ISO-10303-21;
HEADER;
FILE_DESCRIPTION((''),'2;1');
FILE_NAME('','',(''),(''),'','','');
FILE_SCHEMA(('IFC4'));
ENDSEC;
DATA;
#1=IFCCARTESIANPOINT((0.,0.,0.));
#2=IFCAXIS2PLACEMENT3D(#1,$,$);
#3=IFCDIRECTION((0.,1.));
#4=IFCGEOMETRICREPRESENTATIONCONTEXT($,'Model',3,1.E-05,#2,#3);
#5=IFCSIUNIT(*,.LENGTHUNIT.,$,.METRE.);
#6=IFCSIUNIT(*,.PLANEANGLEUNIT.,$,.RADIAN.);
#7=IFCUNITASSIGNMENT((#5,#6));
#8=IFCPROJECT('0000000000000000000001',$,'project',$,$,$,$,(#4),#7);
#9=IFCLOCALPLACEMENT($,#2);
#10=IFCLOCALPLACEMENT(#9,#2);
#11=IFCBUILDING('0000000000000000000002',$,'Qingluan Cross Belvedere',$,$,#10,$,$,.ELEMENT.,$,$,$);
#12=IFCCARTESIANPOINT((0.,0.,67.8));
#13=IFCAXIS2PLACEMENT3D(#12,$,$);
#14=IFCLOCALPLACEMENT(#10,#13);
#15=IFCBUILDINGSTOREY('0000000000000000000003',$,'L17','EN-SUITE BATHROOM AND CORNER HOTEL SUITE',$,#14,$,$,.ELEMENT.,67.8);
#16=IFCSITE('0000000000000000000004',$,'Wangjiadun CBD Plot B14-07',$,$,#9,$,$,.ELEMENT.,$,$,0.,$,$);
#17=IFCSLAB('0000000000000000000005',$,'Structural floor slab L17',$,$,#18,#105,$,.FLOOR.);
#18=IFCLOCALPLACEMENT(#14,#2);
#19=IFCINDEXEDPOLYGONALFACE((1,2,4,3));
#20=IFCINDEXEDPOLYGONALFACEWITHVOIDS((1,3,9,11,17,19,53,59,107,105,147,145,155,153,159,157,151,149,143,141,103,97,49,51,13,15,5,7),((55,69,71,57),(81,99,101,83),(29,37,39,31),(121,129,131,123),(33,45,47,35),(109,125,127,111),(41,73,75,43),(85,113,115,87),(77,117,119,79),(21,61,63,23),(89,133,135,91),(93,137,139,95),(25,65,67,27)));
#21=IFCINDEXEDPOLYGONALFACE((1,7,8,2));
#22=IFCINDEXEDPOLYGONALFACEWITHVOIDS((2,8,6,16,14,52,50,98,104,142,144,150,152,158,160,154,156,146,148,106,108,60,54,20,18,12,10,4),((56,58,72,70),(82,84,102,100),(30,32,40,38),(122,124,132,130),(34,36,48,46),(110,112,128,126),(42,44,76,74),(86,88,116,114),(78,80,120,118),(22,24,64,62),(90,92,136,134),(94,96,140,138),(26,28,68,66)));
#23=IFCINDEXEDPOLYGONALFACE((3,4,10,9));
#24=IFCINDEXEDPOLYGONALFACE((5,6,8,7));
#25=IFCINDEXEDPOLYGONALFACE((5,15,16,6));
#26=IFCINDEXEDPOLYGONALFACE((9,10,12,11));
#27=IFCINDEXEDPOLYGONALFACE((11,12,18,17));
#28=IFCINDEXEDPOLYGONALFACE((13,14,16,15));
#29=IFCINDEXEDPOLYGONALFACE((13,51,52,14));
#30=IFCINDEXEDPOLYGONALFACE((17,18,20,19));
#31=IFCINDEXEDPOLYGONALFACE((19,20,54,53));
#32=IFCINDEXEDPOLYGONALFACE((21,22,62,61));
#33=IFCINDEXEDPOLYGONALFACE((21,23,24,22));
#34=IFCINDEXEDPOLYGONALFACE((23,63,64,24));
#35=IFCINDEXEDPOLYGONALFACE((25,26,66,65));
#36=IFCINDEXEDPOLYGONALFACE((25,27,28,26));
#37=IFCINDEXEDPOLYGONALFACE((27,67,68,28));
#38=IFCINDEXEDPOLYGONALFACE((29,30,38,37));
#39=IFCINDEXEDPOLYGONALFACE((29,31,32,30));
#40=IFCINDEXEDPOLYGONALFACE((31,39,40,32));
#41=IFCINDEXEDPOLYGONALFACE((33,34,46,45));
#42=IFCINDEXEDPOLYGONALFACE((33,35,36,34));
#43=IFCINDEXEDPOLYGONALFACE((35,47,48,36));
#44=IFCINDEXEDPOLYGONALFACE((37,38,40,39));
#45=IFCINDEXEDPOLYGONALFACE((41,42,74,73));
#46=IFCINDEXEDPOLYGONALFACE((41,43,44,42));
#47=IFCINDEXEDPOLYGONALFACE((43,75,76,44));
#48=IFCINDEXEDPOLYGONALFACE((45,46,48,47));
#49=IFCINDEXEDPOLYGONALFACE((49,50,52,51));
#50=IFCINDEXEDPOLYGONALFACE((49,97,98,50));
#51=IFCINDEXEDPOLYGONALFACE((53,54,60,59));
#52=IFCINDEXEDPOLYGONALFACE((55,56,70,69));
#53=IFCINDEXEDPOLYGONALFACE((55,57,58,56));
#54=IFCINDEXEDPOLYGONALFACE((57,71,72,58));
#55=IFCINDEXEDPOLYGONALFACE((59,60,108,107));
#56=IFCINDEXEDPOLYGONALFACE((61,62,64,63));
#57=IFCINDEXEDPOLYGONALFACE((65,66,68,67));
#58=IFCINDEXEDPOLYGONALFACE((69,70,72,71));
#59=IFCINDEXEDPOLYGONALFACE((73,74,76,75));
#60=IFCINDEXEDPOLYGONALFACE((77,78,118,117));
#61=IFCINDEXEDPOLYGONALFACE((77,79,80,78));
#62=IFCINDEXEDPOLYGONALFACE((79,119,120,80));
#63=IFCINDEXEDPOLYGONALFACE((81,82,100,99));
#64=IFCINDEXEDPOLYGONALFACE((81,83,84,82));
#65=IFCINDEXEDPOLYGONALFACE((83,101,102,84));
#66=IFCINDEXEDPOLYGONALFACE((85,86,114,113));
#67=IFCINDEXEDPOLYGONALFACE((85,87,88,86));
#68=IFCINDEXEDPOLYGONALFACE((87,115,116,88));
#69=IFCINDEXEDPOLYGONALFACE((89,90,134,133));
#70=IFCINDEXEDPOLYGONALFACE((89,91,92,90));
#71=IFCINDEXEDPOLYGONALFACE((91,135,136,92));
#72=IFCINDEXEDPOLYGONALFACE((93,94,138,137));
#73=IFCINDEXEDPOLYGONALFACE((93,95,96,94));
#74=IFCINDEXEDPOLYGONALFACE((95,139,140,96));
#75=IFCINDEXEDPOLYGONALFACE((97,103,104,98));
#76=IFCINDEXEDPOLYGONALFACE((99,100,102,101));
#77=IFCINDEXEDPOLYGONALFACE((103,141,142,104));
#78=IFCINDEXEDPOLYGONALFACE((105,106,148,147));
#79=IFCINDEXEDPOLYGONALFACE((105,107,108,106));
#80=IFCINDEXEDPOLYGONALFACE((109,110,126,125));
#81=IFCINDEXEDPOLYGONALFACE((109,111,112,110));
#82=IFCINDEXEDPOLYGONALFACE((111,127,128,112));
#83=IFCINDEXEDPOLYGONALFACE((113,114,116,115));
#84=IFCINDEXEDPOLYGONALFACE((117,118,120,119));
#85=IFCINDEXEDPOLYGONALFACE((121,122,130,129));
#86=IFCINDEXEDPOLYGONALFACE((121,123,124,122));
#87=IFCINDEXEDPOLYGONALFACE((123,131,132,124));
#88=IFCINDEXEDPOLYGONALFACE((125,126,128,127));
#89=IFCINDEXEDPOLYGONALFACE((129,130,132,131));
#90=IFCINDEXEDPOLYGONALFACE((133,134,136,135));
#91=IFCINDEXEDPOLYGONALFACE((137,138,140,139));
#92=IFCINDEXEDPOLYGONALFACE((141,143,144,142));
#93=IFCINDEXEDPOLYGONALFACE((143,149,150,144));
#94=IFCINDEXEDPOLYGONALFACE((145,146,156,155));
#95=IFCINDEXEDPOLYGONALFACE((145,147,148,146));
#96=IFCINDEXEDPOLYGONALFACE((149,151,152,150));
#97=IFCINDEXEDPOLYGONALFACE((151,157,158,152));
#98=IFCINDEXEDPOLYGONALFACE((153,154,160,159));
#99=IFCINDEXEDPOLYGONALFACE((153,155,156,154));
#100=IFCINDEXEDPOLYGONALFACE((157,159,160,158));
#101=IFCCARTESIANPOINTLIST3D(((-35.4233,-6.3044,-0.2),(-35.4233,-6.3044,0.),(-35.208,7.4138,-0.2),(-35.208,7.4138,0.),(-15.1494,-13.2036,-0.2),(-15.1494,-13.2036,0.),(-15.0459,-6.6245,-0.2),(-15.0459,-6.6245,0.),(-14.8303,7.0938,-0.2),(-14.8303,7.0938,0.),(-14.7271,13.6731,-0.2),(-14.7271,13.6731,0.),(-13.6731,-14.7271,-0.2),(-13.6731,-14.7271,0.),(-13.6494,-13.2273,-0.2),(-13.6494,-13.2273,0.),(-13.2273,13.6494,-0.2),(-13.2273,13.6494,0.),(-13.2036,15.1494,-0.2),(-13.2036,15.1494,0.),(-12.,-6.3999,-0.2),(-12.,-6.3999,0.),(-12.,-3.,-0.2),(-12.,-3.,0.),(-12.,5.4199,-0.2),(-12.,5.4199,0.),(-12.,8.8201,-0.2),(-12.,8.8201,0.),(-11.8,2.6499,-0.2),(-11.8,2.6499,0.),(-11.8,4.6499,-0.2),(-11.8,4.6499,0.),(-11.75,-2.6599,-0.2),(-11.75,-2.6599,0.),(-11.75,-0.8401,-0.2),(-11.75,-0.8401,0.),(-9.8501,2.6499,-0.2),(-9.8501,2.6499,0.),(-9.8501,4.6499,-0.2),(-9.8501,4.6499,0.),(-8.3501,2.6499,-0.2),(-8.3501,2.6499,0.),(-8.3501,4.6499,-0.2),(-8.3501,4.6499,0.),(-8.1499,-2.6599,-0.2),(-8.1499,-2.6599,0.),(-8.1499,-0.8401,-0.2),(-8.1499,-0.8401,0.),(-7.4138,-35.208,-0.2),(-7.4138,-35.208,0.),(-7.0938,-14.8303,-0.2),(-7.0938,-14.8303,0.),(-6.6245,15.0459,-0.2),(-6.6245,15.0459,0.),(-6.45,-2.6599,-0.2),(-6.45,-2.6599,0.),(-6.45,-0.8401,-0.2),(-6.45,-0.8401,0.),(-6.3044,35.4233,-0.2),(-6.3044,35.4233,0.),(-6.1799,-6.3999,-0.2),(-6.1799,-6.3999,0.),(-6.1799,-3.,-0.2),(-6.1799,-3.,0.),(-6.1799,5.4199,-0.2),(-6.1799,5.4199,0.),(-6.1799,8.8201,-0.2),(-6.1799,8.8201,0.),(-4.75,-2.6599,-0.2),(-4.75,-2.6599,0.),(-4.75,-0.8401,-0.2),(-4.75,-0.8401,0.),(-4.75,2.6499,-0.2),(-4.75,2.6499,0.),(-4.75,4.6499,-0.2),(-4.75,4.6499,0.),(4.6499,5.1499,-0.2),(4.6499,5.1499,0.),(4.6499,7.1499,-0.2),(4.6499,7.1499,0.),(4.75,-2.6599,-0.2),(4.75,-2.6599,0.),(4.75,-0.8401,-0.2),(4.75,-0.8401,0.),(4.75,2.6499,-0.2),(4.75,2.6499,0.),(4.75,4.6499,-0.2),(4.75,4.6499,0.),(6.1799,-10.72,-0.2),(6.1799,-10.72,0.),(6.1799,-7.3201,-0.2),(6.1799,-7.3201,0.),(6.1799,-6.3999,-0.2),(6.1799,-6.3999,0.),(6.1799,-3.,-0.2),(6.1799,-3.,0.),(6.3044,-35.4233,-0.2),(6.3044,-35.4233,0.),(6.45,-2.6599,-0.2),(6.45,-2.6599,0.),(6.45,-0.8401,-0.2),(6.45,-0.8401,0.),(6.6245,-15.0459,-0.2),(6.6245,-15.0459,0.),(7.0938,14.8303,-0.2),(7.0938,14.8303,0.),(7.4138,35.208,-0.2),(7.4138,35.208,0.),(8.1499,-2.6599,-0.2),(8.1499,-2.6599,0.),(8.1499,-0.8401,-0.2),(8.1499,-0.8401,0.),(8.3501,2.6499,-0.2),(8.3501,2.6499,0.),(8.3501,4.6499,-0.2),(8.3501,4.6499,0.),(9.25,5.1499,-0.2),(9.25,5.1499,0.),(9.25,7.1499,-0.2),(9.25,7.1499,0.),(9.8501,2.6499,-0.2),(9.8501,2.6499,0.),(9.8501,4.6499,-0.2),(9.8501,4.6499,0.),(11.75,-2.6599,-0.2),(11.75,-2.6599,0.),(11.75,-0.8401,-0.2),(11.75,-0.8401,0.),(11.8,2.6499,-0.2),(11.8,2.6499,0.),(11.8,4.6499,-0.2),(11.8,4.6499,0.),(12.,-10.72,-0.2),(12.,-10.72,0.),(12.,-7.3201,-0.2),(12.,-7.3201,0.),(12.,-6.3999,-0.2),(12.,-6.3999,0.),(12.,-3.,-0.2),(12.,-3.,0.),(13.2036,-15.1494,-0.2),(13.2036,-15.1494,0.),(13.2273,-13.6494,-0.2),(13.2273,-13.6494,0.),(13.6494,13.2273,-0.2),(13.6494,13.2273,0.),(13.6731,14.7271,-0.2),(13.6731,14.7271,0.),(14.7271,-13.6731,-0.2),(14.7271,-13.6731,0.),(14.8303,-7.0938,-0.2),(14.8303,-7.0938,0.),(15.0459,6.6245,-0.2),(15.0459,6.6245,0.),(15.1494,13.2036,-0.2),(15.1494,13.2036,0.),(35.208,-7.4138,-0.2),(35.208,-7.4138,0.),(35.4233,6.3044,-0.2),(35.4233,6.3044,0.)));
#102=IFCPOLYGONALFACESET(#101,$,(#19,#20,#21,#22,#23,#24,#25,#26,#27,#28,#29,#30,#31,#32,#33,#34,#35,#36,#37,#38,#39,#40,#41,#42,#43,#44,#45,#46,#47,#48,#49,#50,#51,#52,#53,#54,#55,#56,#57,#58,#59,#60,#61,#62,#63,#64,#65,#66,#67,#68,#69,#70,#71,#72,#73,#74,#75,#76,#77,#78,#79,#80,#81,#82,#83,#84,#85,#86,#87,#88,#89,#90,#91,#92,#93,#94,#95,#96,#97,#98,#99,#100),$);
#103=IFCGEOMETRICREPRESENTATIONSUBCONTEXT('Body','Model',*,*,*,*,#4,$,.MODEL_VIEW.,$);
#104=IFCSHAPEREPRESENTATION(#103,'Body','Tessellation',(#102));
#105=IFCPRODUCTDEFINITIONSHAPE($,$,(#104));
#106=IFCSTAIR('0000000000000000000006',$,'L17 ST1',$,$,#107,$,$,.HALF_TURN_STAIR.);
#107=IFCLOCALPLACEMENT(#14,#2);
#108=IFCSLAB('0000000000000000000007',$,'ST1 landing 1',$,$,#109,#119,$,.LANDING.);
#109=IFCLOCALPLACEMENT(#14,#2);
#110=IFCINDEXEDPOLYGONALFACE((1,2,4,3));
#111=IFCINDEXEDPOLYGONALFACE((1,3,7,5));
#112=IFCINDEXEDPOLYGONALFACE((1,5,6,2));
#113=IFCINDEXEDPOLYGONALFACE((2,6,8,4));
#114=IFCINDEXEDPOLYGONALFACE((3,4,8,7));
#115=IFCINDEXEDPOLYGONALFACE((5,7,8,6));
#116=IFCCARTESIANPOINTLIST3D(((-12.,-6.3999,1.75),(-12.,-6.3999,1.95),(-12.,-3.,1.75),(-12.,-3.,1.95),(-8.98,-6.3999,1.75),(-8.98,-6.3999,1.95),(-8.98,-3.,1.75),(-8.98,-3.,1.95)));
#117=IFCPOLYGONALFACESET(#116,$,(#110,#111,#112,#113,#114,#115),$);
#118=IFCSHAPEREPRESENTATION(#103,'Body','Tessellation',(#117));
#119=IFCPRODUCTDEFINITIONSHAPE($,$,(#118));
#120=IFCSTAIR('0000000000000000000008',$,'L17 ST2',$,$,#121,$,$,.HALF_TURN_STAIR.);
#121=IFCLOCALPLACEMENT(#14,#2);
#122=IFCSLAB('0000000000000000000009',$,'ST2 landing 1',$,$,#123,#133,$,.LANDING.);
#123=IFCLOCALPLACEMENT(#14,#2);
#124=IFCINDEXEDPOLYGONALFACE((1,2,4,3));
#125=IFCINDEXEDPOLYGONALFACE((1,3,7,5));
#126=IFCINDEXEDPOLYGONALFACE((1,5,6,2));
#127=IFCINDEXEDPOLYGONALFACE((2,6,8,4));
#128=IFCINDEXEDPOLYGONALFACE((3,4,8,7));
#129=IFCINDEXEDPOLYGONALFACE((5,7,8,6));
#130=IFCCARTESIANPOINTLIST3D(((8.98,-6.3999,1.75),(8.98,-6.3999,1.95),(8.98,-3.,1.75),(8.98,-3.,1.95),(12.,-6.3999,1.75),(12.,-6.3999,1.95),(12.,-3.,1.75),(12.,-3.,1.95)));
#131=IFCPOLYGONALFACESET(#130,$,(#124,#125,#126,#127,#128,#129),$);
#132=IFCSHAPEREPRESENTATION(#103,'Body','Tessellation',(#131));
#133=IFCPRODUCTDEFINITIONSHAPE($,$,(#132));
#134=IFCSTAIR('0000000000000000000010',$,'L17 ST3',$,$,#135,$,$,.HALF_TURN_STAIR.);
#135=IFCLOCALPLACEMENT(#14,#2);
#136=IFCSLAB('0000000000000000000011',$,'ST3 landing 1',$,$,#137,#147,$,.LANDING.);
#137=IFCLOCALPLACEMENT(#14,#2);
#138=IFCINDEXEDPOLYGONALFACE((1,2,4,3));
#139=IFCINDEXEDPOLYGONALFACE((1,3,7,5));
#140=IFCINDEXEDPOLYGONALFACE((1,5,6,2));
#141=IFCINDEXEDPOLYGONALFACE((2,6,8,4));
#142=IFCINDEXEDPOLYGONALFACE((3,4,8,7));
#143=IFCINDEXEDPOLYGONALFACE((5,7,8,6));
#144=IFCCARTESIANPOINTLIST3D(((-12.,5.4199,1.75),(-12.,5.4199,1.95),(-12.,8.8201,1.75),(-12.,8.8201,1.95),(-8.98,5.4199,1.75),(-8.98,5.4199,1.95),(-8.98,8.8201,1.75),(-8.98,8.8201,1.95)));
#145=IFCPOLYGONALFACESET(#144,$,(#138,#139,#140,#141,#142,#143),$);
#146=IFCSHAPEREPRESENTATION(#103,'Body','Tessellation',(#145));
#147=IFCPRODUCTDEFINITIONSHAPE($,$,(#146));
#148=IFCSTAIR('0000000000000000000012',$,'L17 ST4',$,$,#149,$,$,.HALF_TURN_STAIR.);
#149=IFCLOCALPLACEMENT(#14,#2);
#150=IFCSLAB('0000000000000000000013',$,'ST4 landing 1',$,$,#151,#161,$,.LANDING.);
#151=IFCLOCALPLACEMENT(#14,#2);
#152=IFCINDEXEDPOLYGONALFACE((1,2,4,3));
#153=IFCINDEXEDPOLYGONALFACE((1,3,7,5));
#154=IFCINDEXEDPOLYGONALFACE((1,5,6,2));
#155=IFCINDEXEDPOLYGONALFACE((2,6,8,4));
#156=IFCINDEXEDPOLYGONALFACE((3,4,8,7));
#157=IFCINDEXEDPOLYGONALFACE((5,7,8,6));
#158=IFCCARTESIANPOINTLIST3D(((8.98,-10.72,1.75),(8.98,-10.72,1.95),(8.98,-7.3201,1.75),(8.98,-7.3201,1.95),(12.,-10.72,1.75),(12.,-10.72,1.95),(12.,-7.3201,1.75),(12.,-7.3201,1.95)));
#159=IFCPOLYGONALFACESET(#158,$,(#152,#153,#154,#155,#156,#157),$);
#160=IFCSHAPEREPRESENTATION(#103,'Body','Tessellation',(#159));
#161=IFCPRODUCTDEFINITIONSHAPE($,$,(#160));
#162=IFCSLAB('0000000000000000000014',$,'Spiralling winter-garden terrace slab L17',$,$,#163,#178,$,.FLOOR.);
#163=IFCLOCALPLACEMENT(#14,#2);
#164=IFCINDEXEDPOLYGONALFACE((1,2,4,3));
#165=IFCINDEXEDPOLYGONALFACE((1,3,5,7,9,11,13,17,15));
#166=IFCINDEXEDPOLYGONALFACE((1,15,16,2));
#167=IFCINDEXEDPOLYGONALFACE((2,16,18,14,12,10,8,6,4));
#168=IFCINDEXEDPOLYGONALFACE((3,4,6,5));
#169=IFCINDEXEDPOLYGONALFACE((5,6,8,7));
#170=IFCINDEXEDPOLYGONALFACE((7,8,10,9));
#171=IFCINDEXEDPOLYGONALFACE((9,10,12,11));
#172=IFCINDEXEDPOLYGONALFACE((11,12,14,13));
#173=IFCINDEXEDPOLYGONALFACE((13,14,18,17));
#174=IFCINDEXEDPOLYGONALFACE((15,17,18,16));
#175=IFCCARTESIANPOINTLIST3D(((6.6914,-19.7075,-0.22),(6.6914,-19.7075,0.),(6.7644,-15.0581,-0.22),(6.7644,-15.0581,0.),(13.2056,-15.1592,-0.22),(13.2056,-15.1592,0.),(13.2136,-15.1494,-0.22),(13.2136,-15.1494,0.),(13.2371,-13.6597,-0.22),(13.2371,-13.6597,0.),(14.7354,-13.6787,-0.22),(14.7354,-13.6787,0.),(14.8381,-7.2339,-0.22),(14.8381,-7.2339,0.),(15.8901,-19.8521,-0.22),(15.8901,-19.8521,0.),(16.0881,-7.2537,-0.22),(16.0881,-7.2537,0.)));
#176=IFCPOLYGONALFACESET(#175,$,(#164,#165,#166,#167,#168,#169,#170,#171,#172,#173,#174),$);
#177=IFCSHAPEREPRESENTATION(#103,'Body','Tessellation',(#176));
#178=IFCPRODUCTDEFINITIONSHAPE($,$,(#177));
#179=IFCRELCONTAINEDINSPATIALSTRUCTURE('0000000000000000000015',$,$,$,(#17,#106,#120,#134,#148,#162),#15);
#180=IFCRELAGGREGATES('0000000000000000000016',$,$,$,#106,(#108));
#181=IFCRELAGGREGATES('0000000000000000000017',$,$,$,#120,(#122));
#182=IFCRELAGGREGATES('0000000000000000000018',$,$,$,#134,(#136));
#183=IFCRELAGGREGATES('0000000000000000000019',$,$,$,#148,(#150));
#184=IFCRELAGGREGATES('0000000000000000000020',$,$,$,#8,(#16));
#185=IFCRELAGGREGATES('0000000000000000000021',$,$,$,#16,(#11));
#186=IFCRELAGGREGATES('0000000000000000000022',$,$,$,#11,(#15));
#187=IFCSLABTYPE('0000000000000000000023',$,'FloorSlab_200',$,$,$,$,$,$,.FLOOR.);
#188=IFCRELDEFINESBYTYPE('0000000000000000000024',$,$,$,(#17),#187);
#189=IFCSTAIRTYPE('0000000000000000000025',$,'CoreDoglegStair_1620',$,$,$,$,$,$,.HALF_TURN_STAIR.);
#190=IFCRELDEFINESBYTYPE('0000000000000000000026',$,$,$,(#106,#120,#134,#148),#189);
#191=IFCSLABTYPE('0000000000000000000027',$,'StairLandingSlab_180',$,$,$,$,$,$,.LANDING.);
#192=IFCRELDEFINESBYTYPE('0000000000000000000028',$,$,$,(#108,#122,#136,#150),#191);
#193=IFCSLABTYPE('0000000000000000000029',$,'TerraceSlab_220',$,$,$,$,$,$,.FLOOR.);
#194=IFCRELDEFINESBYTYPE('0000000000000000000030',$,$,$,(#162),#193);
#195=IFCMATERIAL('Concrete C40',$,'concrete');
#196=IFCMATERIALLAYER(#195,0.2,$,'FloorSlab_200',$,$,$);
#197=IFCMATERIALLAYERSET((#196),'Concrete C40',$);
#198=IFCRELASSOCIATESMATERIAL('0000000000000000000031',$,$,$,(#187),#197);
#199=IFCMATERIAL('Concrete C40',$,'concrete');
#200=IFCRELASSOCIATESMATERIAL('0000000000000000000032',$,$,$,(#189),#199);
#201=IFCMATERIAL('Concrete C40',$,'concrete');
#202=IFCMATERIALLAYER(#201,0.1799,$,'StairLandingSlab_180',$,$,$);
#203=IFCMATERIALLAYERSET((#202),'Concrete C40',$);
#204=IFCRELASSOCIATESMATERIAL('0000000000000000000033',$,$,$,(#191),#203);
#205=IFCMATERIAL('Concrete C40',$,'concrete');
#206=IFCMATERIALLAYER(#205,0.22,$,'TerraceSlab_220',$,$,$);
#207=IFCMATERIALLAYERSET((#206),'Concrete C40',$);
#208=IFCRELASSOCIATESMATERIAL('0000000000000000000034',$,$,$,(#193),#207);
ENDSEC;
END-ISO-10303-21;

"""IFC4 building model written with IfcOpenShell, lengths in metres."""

from ifc_helpers import new_model, si_unit, direction, frame, origin, place, context, subcontext, project, spatial, polyline, outline, extrude, material, layer, layer_set, type_object, element, aggregate, save


model = new_model("IFC4")

# Units and contexts
model_context = context("Model", 3, precision=1e-05, world=origin(), true_north=direction((0.0, 1.0)))
body_context = subcontext(model_context, "Body", "Model", "MODEL_VIEW")
ifc_project = project(units=[si_unit("LENGTHUNIT", "METRE"), si_unit("PLANEANGLEUNIT", "RADIAN")], contexts=[model_context])

# Site, building, storey
site_placement = place(None, origin())
site = spatial("IfcSite", under=ifc_project, at=site_placement, Name="Wangjiadun CBD Plot B14-07", CompositionType="ELEMENT", RefElevation=0.0)
building_placement = place(site_placement, origin())
building = spatial("IfcBuilding", under=site, at=building_placement, Name="Qingluan Cross Belvedere", CompositionType="ELEMENT")
storey_placement = place(building_placement, frame((0.0, 0.0, 67.8)))
storey = spatial("IfcBuildingStorey", under=building, at=storey_placement, Name="L17", Description="EN-SUITE BATHROOM AND CORNER HOTEL SUITE", CompositionType="ELEMENT", Elevation=67.8)

# Slab
ifc_material_1 = material(Name="Concrete C40", Category="concrete")
ifc_layer_1 = layer(ifc_material_1, 0.2, Name="FloorSlab_200")
ifc_layer_set_1 = layer_set([ifc_layer_1], Name="Concrete C40")
slab_type_1 = type_object("IfcSlabType", Name="FloorSlab_200", PredefinedType="FLOOR", material=ifc_layer_set_1)
slab_1_placement = place(storey_placement, frame((0.0, 0.0, -0.2)))
element("IfcSlab", 1, at=slab_1_placement, inside=storey, type_object=slab_type_1, Name="Structural floor slab L17", PredefinedType="FLOOR", context=body_context, shape_type="SweptSolid", body=[
    extrude(outline(polyline([(6.3044, -35.4233), (6.6245, -15.0459), (13.2036, -15.1494), (13.2273, -13.6494), (14.7271, -13.6731), (14.8303, -7.0938), (35.208, -7.4138), (35.4233, 6.3044), (15.0459, 6.6245), (15.1494, 13.2036), (13.6494, 13.2273), (13.6731, 14.7271), (7.0938, 14.8303), (7.4138, 35.208), (-6.3044, 35.4233), (-6.6245, 15.0459), (-13.2036, 15.1494), (-13.2273, 13.6494), (-14.7271, 13.6731), (-14.8303, 7.0938), (-35.208, 7.4138), (-35.4233, -6.3044), (-15.0459, -6.6245), (-15.1494, -13.2036), (-13.6494, -13.2273), (-13.6731, -14.7271), (-7.0938, -14.8303), (-7.4138, -35.208), (6.3044, -35.4233)]), holes=[polyline([(-12.0, -3.0), (-6.1799, -3.0), (-6.1799, -6.3999), (-12.0, -6.3999), (-12.0, -3.0)]), polyline([(6.1799, -3.0), (12.0, -3.0), (12.0, -6.3999), (6.1799, -6.3999), (6.1799, -3.0)]), polyline([(-12.0, 8.8201), (-6.1799, 8.8201), (-6.1799, 5.4199), (-12.0, 5.4199), (-12.0, 8.8201)]), polyline([(6.1799, -7.3201), (12.0, -7.3201), (12.0, -10.72), (6.1799, -10.72), (6.1799, -7.3201)]), polyline([(-11.8, 4.6499), (-9.8501, 4.6499), (-9.8501, 2.6499), (-11.8, 2.6499), (-11.8, 4.6499)]), polyline([(-8.3501, 4.6499), (-4.75, 4.6499), (-4.75, 2.6499), (-8.3501, 2.6499), (-8.3501, 4.6499)]), polyline([(4.75, 4.6499), (8.3501, 4.6499), (8.3501, 2.6499), (4.75, 2.6499), (4.75, 4.6499)]), polyline([(9.8501, 4.6499), (11.8, 4.6499), (11.8, 2.6499), (9.8501, 2.6499), (9.8501, 4.6499)]), polyline([(-11.75, -0.8401), (-8.1499, -0.8401), (-8.1499, -2.6599), (-11.75, -2.6599), (-11.75, -0.8401)]), polyline([(-6.45, -0.8401), (-4.75, -0.8401), (-4.75, -2.6599), (-6.45, -2.6599), (-6.45, -0.8401)]), polyline([(4.75, -0.8401), (6.45, -0.8401), (6.45, -2.6599), (4.75, -2.6599), (4.75, -0.8401)]), polyline([(8.1499, -0.8401), (11.75, -0.8401), (11.75, -2.6599), (8.1499, -2.6599), (8.1499, -0.8401)]), polyline([(4.6499, 7.1499), (9.25, 7.1499), (9.25, 5.1499), (4.6499, 5.1499), (4.6499, 7.1499)])]), origin(), (0.0, 0.0, 1.0), 0.2),
])

# Stairs, slabs
ifc_material_2 = material(Name="Concrete C40", Category="concrete")
stair_type = type_object("IfcStairType", Name="CoreDoglegStair_1620", PredefinedType="HALF_TURN_STAIR", material=ifc_material_2)
stair_1_placement = place(storey_placement, origin())
stair_1 = element("IfcStair", 2, at=stair_1_placement, inside=storey, type_object=stair_type, Name="L17 ST1", PredefinedType="HALF_TURN_STAIR")
ifc_material_3 = material(Name="Concrete C40", Category="concrete")
ifc_layer_2 = layer(ifc_material_3, 0.1799, Name="StairLandingSlab_180")
ifc_layer_set_2 = layer_set([ifc_layer_2], Name="Concrete C40")
slab_type_2 = type_object("IfcSlabType", Name="StairLandingSlab_180", PredefinedType="LANDING", material=ifc_layer_set_2)
slab_2_placement = place(storey_placement, frame((0.0, 0.0, 1.75)))
slab_2 = element("IfcSlab", 3, at=slab_2_placement, type_object=slab_type_2, Name="ST1 landing 1", PredefinedType="LANDING", context=body_context, shape_type="SweptSolid", body=[
    extrude(outline(polyline([(-8.98, -3.0), (-12.0, -3.0), (-12.0, -6.3999), (-8.98, -6.3999), (-8.98, -3.0)])), origin(), (0.0, 0.0, 1.0), 0.2),
])
aggregate(stair_1, [slab_2])
stair_2_placement = place(storey_placement, origin())
stair_2 = element("IfcStair", 4, at=stair_2_placement, inside=storey, type_object=stair_type, Name="L17 ST2", PredefinedType="HALF_TURN_STAIR")
slab_3_placement = place(storey_placement, frame((0.0, 0.0, 1.75)))
slab_3 = element("IfcSlab", 5, at=slab_3_placement, type_object=slab_type_2, Name="ST2 landing 1", PredefinedType="LANDING", context=body_context, shape_type="SweptSolid", body=[
    extrude(outline(polyline([(8.98, -6.3999), (12.0, -6.3999), (12.0, -3.0), (8.98, -3.0), (8.98, -6.3999)])), origin(), (0.0, 0.0, 1.0), 0.2),
])
aggregate(stair_2, [slab_3])
stair_3_placement = place(storey_placement, origin())
stair_3 = element("IfcStair", 6, at=stair_3_placement, inside=storey, type_object=stair_type, Name="L17 ST3", PredefinedType="HALF_TURN_STAIR")
slab_4_placement = place(storey_placement, frame((0.0, 0.0, 1.75)))
slab_4 = element("IfcSlab", 7, at=slab_4_placement, type_object=slab_type_2, Name="ST3 landing 1", PredefinedType="LANDING", context=body_context, shape_type="SweptSolid", body=[
    extrude(outline(polyline([(-8.98, 8.8201), (-12.0, 8.8201), (-12.0, 5.4199), (-8.98, 5.4199), (-8.98, 8.8201)])), origin(), (0.0, 0.0, 1.0), 0.2),
])
aggregate(stair_3, [slab_4])
stair_4_placement = place(storey_placement, origin())
stair_4 = element("IfcStair", 8, at=stair_4_placement, inside=storey, type_object=stair_type, Name="L17 ST4", PredefinedType="HALF_TURN_STAIR")
slab_5_placement = place(storey_placement, frame((0.0, 0.0, 1.75)))
slab_5 = element("IfcSlab", 9, at=slab_5_placement, type_object=slab_type_2, Name="ST4 landing 1", PredefinedType="LANDING", context=body_context, shape_type="SweptSolid", body=[
    extrude(outline(polyline([(8.98, -10.72), (12.0, -10.72), (12.0, -7.3201), (8.98, -7.3201), (8.98, -10.72)])), origin(), (0.0, 0.0, 1.0), 0.2),
])
aggregate(stair_4, [slab_5])

# Slab
ifc_material_4 = material(Name="Concrete C40", Category="concrete")
ifc_layer_3 = layer(ifc_material_4, 0.22, Name="TerraceSlab_220")
ifc_layer_set_3 = layer_set([ifc_layer_3], Name="Concrete C40")
slab_type_3 = type_object("IfcSlabType", Name="TerraceSlab_220", PredefinedType="FLOOR", material=ifc_layer_set_3)
slab_6_placement = place(storey_placement, frame((0.0, 0.0, -0.22)))
element("IfcSlab", 10, at=slab_6_placement, inside=storey, type_object=slab_type_3, Name="Spiralling winter-garden terrace slab L17", PredefinedType="FLOOR", context=body_context, shape_type="SweptSolid", body=[
    extrude(outline(polyline([(14.8381, -7.2339), (14.7354, -13.6787), (13.2371, -13.6597), (13.2136, -15.1494), (13.2056, -15.1592), (6.7644, -15.0581), (6.6914, -19.7075), (15.8901, -19.8521), (16.0881, -7.2537), (14.8381, -7.2339)])), origin(), (0.0, 0.0, 1.0), 0.22),
])

save(model, "model.ifc")
